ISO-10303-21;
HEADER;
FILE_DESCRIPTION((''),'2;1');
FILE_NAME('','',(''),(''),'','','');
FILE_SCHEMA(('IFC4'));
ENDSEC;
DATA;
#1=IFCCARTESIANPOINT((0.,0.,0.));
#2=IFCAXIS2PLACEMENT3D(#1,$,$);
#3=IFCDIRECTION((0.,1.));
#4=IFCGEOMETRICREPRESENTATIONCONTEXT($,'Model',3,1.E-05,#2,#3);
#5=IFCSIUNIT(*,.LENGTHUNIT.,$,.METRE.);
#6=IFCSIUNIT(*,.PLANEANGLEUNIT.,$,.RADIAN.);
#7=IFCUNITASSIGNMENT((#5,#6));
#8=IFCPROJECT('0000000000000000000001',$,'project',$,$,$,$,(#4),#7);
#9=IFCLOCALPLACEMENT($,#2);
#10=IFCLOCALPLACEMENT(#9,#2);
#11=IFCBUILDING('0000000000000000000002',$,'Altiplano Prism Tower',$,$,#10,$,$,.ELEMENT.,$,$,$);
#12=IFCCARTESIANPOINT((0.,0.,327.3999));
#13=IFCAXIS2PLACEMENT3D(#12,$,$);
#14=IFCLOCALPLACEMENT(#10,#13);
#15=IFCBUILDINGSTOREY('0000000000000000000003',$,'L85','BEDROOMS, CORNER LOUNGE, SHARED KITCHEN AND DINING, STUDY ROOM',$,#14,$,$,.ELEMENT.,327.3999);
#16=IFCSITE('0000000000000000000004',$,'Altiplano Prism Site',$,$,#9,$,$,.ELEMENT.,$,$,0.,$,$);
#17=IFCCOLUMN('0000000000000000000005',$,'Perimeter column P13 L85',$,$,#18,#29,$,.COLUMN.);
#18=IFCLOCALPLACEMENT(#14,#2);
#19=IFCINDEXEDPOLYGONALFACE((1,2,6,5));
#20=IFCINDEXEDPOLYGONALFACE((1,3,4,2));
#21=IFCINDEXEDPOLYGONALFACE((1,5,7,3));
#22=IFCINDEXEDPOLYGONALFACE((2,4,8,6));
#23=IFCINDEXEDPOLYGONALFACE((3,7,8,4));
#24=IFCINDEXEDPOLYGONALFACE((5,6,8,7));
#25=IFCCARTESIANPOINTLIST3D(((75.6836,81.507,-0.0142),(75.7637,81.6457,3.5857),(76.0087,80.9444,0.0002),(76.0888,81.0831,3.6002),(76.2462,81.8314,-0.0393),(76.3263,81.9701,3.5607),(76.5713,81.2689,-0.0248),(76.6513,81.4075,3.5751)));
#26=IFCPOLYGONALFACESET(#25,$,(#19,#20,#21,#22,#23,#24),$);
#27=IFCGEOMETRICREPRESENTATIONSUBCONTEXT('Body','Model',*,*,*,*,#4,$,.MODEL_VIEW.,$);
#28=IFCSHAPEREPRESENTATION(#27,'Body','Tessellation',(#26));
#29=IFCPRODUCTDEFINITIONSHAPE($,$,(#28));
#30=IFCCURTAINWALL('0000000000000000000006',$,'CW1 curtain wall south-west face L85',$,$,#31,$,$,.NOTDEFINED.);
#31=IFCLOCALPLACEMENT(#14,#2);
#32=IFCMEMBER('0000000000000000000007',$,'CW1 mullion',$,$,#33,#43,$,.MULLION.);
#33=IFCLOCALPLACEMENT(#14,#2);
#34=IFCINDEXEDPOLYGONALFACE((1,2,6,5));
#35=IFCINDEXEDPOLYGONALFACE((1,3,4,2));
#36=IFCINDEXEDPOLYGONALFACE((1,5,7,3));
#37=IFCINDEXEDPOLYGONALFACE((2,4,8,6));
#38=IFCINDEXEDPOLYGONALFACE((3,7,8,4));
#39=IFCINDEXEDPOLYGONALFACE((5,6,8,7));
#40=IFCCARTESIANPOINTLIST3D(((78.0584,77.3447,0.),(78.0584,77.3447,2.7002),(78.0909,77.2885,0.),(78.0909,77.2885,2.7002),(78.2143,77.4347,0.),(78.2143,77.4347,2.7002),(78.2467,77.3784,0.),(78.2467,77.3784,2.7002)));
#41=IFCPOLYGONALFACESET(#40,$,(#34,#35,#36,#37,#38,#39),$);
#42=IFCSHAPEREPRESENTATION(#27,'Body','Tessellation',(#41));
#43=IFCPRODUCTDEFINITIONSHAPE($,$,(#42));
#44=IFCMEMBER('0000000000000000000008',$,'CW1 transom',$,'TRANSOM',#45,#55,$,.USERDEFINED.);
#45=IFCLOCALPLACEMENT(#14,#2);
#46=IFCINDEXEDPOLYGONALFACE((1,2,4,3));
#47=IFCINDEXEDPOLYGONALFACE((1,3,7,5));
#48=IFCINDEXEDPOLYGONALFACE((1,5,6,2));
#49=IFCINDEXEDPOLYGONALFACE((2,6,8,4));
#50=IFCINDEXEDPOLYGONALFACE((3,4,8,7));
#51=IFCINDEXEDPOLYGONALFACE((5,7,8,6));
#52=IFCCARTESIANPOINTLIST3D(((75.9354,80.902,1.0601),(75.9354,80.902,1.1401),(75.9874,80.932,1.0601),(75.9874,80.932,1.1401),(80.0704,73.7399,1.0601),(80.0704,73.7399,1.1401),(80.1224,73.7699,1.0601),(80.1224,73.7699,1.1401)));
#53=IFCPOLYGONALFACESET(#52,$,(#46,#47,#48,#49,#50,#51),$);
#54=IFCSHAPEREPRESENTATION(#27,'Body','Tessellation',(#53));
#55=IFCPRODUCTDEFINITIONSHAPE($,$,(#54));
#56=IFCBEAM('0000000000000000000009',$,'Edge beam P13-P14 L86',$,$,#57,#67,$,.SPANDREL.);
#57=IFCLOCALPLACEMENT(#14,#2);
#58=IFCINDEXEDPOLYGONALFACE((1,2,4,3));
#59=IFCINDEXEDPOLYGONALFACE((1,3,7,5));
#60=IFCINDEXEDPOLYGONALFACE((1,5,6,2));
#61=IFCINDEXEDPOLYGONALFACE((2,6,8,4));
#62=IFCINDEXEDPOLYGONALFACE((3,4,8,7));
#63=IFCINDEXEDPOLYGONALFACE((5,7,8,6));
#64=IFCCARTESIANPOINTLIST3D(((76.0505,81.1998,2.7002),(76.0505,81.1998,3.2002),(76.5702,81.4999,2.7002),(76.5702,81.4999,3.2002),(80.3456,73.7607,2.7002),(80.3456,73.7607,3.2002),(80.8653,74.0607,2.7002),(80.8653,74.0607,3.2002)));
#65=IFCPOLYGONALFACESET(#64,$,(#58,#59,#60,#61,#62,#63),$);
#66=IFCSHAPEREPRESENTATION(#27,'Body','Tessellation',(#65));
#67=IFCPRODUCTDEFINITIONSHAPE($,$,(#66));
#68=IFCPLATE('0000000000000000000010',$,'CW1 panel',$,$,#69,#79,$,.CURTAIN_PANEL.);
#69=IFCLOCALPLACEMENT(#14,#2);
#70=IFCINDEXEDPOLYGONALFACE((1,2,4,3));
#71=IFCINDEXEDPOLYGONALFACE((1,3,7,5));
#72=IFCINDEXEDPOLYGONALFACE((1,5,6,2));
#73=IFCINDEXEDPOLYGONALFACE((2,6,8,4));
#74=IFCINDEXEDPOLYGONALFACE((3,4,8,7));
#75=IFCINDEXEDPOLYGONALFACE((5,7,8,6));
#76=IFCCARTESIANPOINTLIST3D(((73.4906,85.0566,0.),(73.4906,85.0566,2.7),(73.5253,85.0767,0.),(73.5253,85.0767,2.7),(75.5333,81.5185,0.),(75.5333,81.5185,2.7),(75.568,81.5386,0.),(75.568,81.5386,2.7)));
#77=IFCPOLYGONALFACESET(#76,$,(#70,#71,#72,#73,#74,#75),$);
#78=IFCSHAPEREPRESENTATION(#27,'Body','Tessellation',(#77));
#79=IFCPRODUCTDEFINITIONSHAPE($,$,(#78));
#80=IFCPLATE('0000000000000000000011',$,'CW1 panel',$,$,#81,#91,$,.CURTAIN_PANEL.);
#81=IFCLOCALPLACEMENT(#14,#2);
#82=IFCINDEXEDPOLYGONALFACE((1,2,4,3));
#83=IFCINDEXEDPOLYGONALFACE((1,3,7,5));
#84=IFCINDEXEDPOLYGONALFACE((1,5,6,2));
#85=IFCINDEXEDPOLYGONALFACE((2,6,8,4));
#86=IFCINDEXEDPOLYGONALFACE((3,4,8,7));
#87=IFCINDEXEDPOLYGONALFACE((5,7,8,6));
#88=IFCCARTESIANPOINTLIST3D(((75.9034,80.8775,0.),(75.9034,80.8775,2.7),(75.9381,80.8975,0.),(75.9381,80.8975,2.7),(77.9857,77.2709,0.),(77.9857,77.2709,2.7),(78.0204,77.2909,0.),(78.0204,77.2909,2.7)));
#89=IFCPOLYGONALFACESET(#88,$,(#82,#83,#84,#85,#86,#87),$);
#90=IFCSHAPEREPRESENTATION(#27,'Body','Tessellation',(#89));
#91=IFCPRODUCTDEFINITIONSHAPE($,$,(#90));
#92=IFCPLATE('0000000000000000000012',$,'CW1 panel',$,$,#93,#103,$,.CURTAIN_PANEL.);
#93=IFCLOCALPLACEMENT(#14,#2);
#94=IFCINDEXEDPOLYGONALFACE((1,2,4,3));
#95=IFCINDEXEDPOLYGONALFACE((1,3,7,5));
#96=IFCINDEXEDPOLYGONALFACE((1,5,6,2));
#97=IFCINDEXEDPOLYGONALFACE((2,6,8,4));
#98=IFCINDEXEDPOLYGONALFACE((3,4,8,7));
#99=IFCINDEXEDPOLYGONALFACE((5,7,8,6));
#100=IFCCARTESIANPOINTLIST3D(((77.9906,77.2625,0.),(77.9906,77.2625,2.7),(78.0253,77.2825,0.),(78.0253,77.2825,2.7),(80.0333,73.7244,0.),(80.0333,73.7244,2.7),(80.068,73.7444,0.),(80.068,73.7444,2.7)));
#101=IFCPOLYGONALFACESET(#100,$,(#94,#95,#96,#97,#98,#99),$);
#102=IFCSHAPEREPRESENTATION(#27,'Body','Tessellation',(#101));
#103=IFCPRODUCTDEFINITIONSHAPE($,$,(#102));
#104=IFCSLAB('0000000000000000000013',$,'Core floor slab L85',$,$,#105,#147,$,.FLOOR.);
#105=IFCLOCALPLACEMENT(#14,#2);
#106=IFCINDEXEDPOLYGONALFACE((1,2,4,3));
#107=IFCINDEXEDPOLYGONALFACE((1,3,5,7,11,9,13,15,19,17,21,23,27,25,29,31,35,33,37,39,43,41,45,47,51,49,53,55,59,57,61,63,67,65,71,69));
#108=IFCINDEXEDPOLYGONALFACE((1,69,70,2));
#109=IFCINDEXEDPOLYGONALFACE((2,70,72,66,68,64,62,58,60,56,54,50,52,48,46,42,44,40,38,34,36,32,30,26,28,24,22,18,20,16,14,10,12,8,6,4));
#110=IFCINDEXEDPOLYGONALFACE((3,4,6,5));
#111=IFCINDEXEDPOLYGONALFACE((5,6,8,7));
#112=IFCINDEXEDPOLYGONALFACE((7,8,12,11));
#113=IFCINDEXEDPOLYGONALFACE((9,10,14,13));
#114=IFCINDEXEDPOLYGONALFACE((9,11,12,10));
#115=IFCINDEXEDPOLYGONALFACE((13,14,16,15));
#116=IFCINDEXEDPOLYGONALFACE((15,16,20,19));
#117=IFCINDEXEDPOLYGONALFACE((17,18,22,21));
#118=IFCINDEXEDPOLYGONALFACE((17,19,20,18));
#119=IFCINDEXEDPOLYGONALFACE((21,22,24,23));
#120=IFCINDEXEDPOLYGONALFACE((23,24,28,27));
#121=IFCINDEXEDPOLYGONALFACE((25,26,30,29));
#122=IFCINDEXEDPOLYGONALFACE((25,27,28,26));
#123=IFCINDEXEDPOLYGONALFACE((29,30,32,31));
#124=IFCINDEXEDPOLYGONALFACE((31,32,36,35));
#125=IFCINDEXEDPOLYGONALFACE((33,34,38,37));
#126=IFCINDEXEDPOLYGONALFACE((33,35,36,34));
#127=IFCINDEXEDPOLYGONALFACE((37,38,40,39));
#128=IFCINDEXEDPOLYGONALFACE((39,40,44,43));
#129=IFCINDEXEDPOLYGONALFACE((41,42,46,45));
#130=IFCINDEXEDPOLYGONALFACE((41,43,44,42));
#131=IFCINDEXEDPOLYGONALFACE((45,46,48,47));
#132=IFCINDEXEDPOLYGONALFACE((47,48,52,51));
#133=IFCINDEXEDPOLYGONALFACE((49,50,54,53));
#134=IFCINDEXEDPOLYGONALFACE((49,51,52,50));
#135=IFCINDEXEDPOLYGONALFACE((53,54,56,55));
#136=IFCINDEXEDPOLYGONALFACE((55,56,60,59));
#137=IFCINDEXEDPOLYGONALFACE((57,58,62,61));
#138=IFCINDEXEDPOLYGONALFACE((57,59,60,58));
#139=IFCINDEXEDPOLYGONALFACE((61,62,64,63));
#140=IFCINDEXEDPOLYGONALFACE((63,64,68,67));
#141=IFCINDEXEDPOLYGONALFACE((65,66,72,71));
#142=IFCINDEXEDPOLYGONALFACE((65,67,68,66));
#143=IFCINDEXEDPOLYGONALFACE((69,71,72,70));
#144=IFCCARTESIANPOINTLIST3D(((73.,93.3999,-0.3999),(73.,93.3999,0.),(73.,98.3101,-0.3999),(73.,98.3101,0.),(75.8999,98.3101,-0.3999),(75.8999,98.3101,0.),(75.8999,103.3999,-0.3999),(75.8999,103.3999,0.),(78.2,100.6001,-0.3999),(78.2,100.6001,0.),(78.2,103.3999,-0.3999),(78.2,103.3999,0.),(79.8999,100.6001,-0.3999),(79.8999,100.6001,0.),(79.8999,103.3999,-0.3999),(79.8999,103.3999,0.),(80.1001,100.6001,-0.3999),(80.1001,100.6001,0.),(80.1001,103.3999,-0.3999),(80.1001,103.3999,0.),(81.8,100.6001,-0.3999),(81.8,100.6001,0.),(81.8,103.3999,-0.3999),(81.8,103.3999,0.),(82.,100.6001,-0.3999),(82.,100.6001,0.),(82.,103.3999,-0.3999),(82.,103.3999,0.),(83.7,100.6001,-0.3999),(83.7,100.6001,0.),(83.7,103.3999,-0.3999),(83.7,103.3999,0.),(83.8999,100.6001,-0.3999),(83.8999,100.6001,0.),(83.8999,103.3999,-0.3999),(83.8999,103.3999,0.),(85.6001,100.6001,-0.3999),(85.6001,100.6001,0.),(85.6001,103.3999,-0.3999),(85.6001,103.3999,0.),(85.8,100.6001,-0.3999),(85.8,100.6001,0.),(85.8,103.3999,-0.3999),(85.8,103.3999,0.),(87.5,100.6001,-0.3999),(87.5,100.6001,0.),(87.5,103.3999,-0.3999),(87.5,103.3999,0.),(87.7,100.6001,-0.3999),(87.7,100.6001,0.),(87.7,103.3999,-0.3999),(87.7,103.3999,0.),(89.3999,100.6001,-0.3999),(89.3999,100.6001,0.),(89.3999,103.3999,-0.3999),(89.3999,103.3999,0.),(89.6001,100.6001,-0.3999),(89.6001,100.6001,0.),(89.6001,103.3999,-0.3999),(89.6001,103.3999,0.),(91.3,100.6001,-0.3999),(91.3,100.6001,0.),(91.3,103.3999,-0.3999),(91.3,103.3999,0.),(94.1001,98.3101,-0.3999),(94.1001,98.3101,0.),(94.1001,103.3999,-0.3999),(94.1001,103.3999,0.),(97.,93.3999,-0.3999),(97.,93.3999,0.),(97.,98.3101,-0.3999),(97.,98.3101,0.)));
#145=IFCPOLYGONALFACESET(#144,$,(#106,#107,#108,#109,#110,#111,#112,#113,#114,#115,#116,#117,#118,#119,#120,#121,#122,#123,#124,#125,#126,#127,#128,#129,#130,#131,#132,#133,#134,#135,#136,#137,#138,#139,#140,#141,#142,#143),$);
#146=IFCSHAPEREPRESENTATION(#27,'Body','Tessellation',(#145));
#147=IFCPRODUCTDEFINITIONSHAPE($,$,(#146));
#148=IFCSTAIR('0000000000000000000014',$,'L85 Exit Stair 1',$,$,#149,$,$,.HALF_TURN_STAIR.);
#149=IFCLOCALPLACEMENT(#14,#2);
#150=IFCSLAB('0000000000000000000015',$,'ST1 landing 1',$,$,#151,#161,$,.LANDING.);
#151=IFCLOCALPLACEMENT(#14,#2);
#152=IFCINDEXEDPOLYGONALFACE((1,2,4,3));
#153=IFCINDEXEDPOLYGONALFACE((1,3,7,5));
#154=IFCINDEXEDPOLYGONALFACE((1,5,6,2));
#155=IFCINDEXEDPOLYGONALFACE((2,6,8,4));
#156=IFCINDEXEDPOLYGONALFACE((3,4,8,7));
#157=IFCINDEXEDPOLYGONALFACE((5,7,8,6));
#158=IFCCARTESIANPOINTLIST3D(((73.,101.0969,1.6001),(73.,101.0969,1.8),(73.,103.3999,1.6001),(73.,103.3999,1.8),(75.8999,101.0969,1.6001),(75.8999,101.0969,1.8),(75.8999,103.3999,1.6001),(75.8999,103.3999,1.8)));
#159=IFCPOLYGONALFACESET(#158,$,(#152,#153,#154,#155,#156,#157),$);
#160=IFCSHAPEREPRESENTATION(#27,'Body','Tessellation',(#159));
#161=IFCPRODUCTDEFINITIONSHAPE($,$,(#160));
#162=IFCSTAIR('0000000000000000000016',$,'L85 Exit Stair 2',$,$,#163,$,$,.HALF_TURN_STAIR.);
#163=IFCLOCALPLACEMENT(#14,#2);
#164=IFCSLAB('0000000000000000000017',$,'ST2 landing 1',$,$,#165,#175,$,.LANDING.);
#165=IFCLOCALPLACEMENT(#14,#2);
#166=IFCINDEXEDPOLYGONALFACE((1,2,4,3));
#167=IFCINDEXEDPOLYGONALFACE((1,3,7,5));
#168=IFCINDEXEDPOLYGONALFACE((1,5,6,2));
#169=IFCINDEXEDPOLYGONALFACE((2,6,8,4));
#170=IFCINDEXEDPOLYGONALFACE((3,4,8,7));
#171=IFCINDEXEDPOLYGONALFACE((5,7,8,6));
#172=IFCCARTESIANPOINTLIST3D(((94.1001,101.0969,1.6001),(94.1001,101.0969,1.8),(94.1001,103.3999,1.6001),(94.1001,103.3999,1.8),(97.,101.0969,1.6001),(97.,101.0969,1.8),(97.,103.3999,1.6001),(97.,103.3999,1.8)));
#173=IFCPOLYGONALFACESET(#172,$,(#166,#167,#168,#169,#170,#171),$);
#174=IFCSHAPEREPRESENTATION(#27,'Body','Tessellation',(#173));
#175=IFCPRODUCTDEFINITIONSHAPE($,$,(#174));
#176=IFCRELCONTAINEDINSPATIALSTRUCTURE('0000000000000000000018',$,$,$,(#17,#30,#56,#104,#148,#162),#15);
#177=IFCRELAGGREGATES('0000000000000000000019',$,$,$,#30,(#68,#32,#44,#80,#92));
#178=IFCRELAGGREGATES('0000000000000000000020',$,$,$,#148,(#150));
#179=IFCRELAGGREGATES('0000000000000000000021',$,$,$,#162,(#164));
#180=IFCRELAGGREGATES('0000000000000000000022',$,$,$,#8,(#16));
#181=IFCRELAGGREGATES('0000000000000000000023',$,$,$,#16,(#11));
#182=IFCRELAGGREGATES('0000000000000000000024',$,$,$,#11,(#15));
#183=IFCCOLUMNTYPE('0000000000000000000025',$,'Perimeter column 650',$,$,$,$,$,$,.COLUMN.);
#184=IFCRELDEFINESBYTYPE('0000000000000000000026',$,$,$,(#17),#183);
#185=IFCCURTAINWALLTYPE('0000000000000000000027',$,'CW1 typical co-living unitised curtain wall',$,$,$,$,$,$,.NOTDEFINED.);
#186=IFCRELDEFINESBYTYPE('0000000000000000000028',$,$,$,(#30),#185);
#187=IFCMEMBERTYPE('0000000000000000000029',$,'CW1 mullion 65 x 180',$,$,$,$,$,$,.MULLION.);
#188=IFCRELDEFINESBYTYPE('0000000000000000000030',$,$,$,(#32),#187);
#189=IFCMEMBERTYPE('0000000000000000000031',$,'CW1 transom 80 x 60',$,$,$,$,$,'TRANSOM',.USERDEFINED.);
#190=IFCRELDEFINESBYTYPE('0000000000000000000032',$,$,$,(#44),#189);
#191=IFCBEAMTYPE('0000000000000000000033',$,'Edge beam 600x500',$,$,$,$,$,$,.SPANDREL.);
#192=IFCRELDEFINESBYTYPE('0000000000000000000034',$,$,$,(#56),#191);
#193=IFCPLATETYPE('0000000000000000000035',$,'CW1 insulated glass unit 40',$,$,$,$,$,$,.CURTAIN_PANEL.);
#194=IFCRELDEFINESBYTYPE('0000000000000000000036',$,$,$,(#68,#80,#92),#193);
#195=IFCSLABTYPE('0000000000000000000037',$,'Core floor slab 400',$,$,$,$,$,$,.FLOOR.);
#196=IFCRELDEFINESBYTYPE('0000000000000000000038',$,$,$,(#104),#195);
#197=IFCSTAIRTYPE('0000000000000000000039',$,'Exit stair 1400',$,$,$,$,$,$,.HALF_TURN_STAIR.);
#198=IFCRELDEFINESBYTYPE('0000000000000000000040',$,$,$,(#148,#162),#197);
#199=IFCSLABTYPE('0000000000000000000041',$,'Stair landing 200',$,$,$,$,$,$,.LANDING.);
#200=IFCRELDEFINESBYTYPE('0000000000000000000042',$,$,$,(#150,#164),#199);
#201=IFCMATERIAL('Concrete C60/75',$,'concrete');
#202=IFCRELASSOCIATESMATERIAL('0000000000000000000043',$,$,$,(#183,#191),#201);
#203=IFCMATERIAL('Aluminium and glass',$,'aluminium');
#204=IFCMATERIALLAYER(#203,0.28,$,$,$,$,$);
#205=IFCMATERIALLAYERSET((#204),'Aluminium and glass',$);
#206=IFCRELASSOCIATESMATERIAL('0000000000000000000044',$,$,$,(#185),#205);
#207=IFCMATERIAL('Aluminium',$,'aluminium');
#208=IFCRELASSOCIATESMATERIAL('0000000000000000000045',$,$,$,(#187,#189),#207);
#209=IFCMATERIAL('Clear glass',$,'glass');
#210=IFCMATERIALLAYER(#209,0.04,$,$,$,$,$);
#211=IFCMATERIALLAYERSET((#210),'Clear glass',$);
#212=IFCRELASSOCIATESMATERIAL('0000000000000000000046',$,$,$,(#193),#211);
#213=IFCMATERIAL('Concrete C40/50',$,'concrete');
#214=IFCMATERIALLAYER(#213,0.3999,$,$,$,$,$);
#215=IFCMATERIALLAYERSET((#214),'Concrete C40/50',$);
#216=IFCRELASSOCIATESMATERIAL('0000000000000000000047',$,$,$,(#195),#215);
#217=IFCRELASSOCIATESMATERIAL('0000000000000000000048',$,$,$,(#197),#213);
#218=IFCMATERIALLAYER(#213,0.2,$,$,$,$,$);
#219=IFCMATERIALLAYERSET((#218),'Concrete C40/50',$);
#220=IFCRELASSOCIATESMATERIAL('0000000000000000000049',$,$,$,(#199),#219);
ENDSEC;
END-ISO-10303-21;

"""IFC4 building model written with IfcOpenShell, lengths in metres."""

from ifc_helpers import new_model, si_unit, direction, frame, origin, origin_2d, place, context, subcontext, project, spatial, polyline, rectangle, outline, extrude, material, layer, layer_set, material_profile, profile_set, type_object, element, aggregate, save


model = new_model("IFC4")

# Units and contexts
model_context = context("Model", 3, precision=1e-05, world=origin(), true_north=direction((0.0, 1.0)))
body_context = subcontext(model_context, "Body", "Model", "MODEL_VIEW")
ifc_project = project(units=[si_unit("LENGTHUNIT", "METRE"), si_unit("PLANEANGLEUNIT", "RADIAN")], contexts=[model_context])

# Site, building, storey
site_placement = place(None, origin())
site = spatial("IfcSite", under=ifc_project, at=site_placement, Name="Altiplano Prism Site", CompositionType="ELEMENT", RefElevation=0.0)
building_placement = place(site_placement, origin())
building = spatial("IfcBuilding", under=site, at=building_placement, Name="Altiplano Prism Tower", CompositionType="ELEMENT")
storey_placement = place(building_placement, frame((0.0, 0.0, 327.3999)))
storey = spatial("IfcBuildingStorey", under=building, at=storey_placement, Name="L85", Description="BEDROOMS, CORNER LOUNGE, SHARED KITCHEN AND DINING, STUDY ROOM", CompositionType="ELEMENT", Elevation=327.3999)

# Column
ifc_material_1 = material(Name="Concrete C60/75", Category="concrete")
ifc_material_profile_1 = material_profile(ifc_material_1, rectangle(XDim=0.6499, YDim=0.6499, at=origin_2d()), Name="Perimeter column 650")
ifc_profile_set_1 = profile_set([ifc_material_profile_1], Name="Concrete C60/75")
column_type = type_object("IfcColumnType", Name="Perimeter column 650", PredefinedType="COLUMN", material=ifc_profile_set_1)
column_placement = place(storey_placement, frame((76.1274, 81.3879, -0.0195), z_axis=(0.022223, 0.038483, 0.999012), x_axis=(-0.865639, -0.499187, 0.038485)))
element("IfcColumn", 1, at=column_placement, inside=storey, type_object=column_type, Name="Perimeter column P13 L85", PredefinedType="COLUMN", context=body_context, shape_type="SweptSolid", body=[
    extrude(rectangle(XDim=0.6499, YDim=0.6499, at=origin_2d()), origin(), (0.0, 0.0, 1.0), 3.6035),
])

# Curtain wall, members
ifc_material_2 = material(Name="Aluminium and glass", Category="aluminium")
ifc_layer_1 = layer(ifc_material_2, 0.28)
ifc_layer_set_1 = layer_set([ifc_layer_1], Name="Aluminium and glass")
curtain_wall_type = type_object("IfcCurtainWallType", Name="CW1 typical co-living unitised curtain wall", PredefinedType="NOTDEFINED", material=ifc_layer_set_1)
curtain_wall_placement = place(storey_placement, origin())
curtain_wall = element("IfcCurtainWall", 2, at=curtain_wall_placement, inside=storey, type_object=curtain_wall_type, Name="CW1 curtain wall south-west face L85", PredefinedType="NOTDEFINED")
ifc_material_3 = material(Name="Aluminium", Category="aluminium")
ifc_material_profile_2 = material_profile(ifc_material_3, rectangle(XDim=0.1799, YDim=0.0649, at=origin_2d()), Name="CW1 mullion 65 x 180")
ifc_profile_set_2 = profile_set([ifc_material_profile_2], Name="Aluminium")
member_type_1 = type_object("IfcMemberType", Name="CW1 mullion 65 x 180", PredefinedType="MULLION", material=ifc_profile_set_2)
member_1_placement = place(storey_placement, frame((78.1526, 77.3616, 0.0), z_axis=(0.0, 0.0, 1.0), x_axis=(0.866025, 0.5, 0.0)))
member_1 = element("IfcMember", 3, at=member_1_placement, type_object=member_type_1, Name="CW1 mullion", PredefinedType="MULLION", context=body_context, shape_type="SweptSolid", body=[
    extrude(rectangle(XDim=0.1799, YDim=0.0649, at=origin_2d()), origin(), (0.0, 0.0, 1.0), 2.7002),
])
ifc_material_profile_3 = material_profile(ifc_material_3, rectangle(XDim=0.0601, YDim=0.0801, at=origin_2d()), Name="CW1 transom 80 x 60")
ifc_profile_set_3 = profile_set([ifc_material_profile_3], Name="Aluminium")
member_type_2 = type_object("IfcMemberType", Name="CW1 transom 80 x 60", ElementType="TRANSOM", PredefinedType="USERDEFINED", material=ifc_profile_set_3)
member_2_placement = place(storey_placement, frame((75.9614, 80.917, 1.1001), z_axis=(0.499997, -0.866027, 0.0), x_axis=(0.866027, 0.499997, 0.0)))
member_2 = element("IfcMember", 4, at=member_2_placement, type_object=member_type_2, Name="CW1 transom", ObjectType="TRANSOM", PredefinedType="USERDEFINED", context=body_context, shape_type="SweptSolid", body=[
    extrude(rectangle(XDim=0.0601, YDim=0.0801, at=origin_2d()), origin(), (0.0, 0.0, 1.0), 8.27),
])

# Beam
ifc_material_profile_4 = material_profile(ifc_material_1, rectangle(XDim=0.6001, YDim=0.5, at=origin_2d()), Name="Edge beam 600x500")
ifc_profile_set_4 = profile_set([ifc_material_profile_4], Name="Concrete C60/75")
beam_type = type_object("IfcBeamType", Name="Edge beam 600x500", PredefinedType="SPANDREL", material=ifc_profile_set_4)
beam_placement = place(storey_placement, frame((76.3103, 81.3499, 2.9502), z_axis=(0.500012, -0.866019, 0.0), x_axis=(0.866019, 0.500012, 0.0)))
element("IfcBeam", 5, at=beam_placement, inside=storey, type_object=beam_type, Name="Edge beam P13-P14 L86", PredefinedType="SPANDREL", context=body_context, shape_type="SweptSolid", body=[
    extrude(rectangle(XDim=0.6001, YDim=0.5, at=origin_2d()), origin(), (0.0, 0.0, 1.0), 8.5901),
])

# Plates
ifc_material_4 = material(Name="Clear glass", Category="glass")
ifc_layer_2 = layer(ifc_material_4, 0.04)
ifc_layer_set_2 = layer_set([ifc_layer_2], Name="Clear glass")
plate_type = type_object("IfcPlateType", Name="CW1 insulated glass unit 40", PredefinedType="CURTAIN_PANEL", material=ifc_layer_set_2)
plate_1_placement = place(storey_placement, frame((74.5293, 83.2976, 0.0), z_axis=(0.0, 0.0, 1.0), x_axis=(0.5, -0.866025, 0.0)))
plate_1 = element("IfcPlate", 6, at=plate_1_placement, type_object=plate_type, Name="CW1 panel", PredefinedType="CURTAIN_PANEL", context=body_context, shape_type="SweptSolid", body=[
    extrude(rectangle(XDim=4.0854, YDim=0.04, at=origin_2d()), origin(), (0.0, 0.0, 1.0), 2.7),
])
plate_2_placement = place(storey_placement, frame((76.9619, 79.0842, 0.0), z_axis=(0.0, 0.0, 1.0), x_axis=(0.5, -0.866025, 0.0)))
plate_2 = element("IfcPlate", 7, at=plate_2_placement, type_object=plate_type, Name="CW1 panel", PredefinedType="CURTAIN_PANEL", context=body_context, shape_type="SweptSolid", body=[
    extrude(rectangle(XDim=4.1646, YDim=0.04, at=origin_2d()), origin(), (0.0, 0.0, 1.0), 2.7),
])
plate_3_placement = place(storey_placement, frame((79.0293, 75.5034, 0.0), z_axis=(0.0, 0.0, 1.0), x_axis=(0.5, -0.866025, 0.0)))
plate_3 = element("IfcPlate", 8, at=plate_3_placement, type_object=plate_type, Name="CW1 panel", PredefinedType="CURTAIN_PANEL", context=body_context, shape_type="SweptSolid", body=[
    extrude(rectangle(XDim=4.0854, YDim=0.04, at=origin_2d()), origin(), (0.0, 0.0, 1.0), 2.7),
])
aggregate(curtain_wall, [plate_1, member_1, member_2, plate_2, plate_3])

# Slab
ifc_material_5 = material(Name="Concrete C40/50", Category="concrete")
ifc_layer_3 = layer(ifc_material_5, 0.3999)
ifc_layer_set_3 = layer_set([ifc_layer_3], Name="Concrete C40/50")
slab_type_1 = type_object("IfcSlabType", Name="Core floor slab 400", PredefinedType="FLOOR", material=ifc_layer_set_3)
slab_1_placement = place(storey_placement, frame((0.0, 0.0, -0.3999)))
element("IfcSlab", 9, at=slab_1_placement, inside=storey, type_object=slab_type_1, Name="Core floor slab L85", PredefinedType="FLOOR", context=body_context, shape_type="SweptSolid", body=[
    extrude(outline(polyline([(97.0, 98.3101), (94.1001, 98.3101), (94.1001, 103.3999), (91.3, 103.3999), (91.3, 100.6001), (89.6001, 100.6001), (89.6001, 103.3999), (89.3999, 103.3999), (89.3999, 100.6001), (87.7, 100.6001), (87.7, 103.3999), (87.5, 103.3999), (87.5, 100.6001), (85.8, 100.6001), (85.8, 103.3999), (85.6001, 103.3999), (85.6001, 100.6001), (83.8999, 100.6001), (83.8999, 103.3999), (83.7, 103.3999), (83.7, 100.6001), (82.0, 100.6001), (82.0, 103.3999), (81.8, 103.3999), (81.8, 100.6001), (80.1001, 100.6001), (80.1001, 103.3999), (79.8999, 103.3999), (79.8999, 100.6001), (78.2, 100.6001), (78.2, 103.3999), (75.8999, 103.3999), (75.8999, 98.3101), (73.0, 98.3101), (73.0, 93.3999), (97.0, 93.3999), (97.0, 98.3101)])), origin(), (0.0, 0.0, 1.0), 0.3999),
])

# Stairs, slabs
stair_type = type_object("IfcStairType", Name="Exit stair 1400", PredefinedType="HALF_TURN_STAIR", material=ifc_material_5)
stair_1_placement = place(storey_placement, origin())
stair_1 = element("IfcStair", 10, at=stair_1_placement, inside=storey, type_object=stair_type, Name="L85 Exit Stair 1", PredefinedType="HALF_TURN_STAIR")
ifc_layer_4 = layer(ifc_material_5, 0.2)
ifc_layer_set_4 = layer_set([ifc_layer_4], Name="Concrete C40/50")
slab_type_2 = type_object("IfcSlabType", Name="Stair landing 200", PredefinedType="LANDING", material=ifc_layer_set_4)
slab_2_placement = place(storey_placement, frame((0.0, 0.0, 1.6001)))
slab_2 = element("IfcSlab", 11, at=slab_2_placement, type_object=slab_type_2, Name="ST1 landing 1", PredefinedType="LANDING", context=body_context, shape_type="SweptSolid", body=[
    extrude(outline(polyline([(75.8999, 101.0969), (75.8999, 103.3999), (73.0, 103.3999), (73.0, 101.0969), (75.8999, 101.0969)])), origin(), (0.0, 0.0, 1.0), 0.2),
])
aggregate(stair_1, [slab_2])
stair_2_placement = place(storey_placement, origin())
stair_2 = element("IfcStair", 12, at=stair_2_placement, inside=storey, type_object=stair_type, Name="L85 Exit Stair 2", PredefinedType="HALF_TURN_STAIR")
slab_3_placement = place(storey_placement, frame((0.0, 0.0, 1.6001)))
slab_3 = element("IfcSlab", 13, at=slab_3_placement, type_object=slab_type_2, Name="ST2 landing 1", PredefinedType="LANDING", context=body_context, shape_type="SweptSolid", body=[
    extrude(outline(polyline([(97.0, 101.0969), (97.0, 103.3999), (94.1001, 103.3999), (94.1001, 101.0969), (97.0, 101.0969)])), origin(), (0.0, 0.0, 1.0), 0.2),
])
aggregate(stair_2, [slab_3])

save(model, "model.ifc")
